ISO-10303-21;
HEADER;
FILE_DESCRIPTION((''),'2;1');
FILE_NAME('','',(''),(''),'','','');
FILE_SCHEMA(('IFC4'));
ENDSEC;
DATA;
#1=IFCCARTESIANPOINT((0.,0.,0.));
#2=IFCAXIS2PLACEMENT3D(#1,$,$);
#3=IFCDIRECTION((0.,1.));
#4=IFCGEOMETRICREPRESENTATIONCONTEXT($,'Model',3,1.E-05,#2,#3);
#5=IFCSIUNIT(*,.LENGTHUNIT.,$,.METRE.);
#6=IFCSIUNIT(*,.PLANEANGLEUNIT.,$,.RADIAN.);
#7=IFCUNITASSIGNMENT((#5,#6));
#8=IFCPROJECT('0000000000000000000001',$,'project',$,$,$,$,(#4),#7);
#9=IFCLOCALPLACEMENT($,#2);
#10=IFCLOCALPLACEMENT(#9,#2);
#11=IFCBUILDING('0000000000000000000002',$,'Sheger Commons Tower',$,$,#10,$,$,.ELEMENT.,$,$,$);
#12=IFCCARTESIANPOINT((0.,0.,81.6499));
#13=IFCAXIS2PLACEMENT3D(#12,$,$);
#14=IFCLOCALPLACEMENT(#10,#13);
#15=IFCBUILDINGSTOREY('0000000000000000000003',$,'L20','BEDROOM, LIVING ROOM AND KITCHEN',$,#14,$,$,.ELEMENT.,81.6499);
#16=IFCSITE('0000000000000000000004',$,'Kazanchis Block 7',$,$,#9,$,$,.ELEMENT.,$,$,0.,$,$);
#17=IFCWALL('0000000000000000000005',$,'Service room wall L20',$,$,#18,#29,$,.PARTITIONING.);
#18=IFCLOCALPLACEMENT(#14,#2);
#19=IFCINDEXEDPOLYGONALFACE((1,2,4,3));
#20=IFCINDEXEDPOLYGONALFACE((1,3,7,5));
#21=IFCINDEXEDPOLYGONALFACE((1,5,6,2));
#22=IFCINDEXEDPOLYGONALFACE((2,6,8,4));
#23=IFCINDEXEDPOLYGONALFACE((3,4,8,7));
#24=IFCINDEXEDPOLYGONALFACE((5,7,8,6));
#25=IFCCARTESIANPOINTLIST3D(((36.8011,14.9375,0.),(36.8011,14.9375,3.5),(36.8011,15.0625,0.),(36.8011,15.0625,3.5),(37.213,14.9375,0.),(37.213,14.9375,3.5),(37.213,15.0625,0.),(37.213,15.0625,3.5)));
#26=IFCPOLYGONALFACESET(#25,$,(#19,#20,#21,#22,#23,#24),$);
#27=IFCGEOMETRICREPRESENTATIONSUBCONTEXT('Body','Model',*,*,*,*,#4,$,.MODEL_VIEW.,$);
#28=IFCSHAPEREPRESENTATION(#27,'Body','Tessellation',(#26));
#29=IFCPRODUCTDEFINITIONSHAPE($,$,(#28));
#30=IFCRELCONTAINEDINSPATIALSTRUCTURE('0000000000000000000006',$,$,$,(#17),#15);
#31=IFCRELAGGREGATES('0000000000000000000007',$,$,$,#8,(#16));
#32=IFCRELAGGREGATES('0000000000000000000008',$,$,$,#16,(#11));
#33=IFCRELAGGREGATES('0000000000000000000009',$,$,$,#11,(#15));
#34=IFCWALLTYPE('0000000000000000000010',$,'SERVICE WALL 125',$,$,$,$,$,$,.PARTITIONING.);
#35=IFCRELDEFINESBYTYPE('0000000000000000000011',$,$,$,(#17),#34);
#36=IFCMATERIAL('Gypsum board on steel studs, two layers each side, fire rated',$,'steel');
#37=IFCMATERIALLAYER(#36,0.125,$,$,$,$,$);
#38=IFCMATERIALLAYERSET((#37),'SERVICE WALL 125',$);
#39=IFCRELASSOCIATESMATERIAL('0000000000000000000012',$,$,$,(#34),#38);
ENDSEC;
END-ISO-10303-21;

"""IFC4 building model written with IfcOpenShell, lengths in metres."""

from ifc_helpers import new_model, si_unit, direction, frame, frame_2d, origin, place, context, subcontext, project, spatial, rectangle, extrude, material, layer, layer_set, type_object, element, save


model = new_model("IFC4")

# Units and contexts
model_context = context("Model", 3, precision=1e-05, world=origin(), true_north=direction((0.0, 1.0)))
body_context = subcontext(model_context, "Body", "Model", "MODEL_VIEW")
ifc_project = project(units=[si_unit("LENGTHUNIT", "METRE"), si_unit("PLANEANGLEUNIT", "RADIAN")], contexts=[model_context])

# Site, building, storey
site_placement = place(None, origin())
site = spatial("IfcSite", under=ifc_project, at=site_placement, Name="Kazanchis Block 7", CompositionType="ELEMENT", RefElevation=0.0)
building_placement = place(site_placement, origin())
building = spatial("IfcBuilding", under=site, at=building_placement, Name="Sheger Commons Tower", CompositionType="ELEMENT")
storey_placement = place(building_placement, frame((0.0, 0.0, 81.6499)))
storey = spatial("IfcBuildingStorey", under=building, at=storey_placement, Name="L20", Description="BEDROOM, LIVING ROOM AND KITCHEN", CompositionType="ELEMENT", Elevation=81.6499)

# Shared definitions
ifc_material_1 = material(Name="Gypsum board on steel studs, two layers each side, fire rated", Category="steel")
ifc_layer_1 = layer(ifc_material_1, 0.125)
ifc_layer_set_1 = layer_set([ifc_layer_1], Name="SERVICE WALL 125")
wall_type_1 = type_object("IfcWallType", Name="SERVICE WALL 125", PredefinedType="PARTITIONING", material=ifc_layer_set_1)

# Wall
wall_1_placement = place(storey_placement, frame((36.801, 15.0, 0.0), z_axis=(0.0, 0.0, 1.0), x_axis=(1.0, 0.0, 0.0)))
element("IfcWall", 1, at=wall_1_placement, inside=storey, type_object=wall_type_1, Name="Service room wall L20", PredefinedType="PARTITIONING", context=body_context, shape_type="SweptSolid", body=[
    extrude(rectangle(XDim=0.4119, YDim=0.125, at=frame_2d((0.2061, 0.0))), origin(), (0.0, 0.0, 1.0), 3.5),
])

save(model, "model.ifc")
